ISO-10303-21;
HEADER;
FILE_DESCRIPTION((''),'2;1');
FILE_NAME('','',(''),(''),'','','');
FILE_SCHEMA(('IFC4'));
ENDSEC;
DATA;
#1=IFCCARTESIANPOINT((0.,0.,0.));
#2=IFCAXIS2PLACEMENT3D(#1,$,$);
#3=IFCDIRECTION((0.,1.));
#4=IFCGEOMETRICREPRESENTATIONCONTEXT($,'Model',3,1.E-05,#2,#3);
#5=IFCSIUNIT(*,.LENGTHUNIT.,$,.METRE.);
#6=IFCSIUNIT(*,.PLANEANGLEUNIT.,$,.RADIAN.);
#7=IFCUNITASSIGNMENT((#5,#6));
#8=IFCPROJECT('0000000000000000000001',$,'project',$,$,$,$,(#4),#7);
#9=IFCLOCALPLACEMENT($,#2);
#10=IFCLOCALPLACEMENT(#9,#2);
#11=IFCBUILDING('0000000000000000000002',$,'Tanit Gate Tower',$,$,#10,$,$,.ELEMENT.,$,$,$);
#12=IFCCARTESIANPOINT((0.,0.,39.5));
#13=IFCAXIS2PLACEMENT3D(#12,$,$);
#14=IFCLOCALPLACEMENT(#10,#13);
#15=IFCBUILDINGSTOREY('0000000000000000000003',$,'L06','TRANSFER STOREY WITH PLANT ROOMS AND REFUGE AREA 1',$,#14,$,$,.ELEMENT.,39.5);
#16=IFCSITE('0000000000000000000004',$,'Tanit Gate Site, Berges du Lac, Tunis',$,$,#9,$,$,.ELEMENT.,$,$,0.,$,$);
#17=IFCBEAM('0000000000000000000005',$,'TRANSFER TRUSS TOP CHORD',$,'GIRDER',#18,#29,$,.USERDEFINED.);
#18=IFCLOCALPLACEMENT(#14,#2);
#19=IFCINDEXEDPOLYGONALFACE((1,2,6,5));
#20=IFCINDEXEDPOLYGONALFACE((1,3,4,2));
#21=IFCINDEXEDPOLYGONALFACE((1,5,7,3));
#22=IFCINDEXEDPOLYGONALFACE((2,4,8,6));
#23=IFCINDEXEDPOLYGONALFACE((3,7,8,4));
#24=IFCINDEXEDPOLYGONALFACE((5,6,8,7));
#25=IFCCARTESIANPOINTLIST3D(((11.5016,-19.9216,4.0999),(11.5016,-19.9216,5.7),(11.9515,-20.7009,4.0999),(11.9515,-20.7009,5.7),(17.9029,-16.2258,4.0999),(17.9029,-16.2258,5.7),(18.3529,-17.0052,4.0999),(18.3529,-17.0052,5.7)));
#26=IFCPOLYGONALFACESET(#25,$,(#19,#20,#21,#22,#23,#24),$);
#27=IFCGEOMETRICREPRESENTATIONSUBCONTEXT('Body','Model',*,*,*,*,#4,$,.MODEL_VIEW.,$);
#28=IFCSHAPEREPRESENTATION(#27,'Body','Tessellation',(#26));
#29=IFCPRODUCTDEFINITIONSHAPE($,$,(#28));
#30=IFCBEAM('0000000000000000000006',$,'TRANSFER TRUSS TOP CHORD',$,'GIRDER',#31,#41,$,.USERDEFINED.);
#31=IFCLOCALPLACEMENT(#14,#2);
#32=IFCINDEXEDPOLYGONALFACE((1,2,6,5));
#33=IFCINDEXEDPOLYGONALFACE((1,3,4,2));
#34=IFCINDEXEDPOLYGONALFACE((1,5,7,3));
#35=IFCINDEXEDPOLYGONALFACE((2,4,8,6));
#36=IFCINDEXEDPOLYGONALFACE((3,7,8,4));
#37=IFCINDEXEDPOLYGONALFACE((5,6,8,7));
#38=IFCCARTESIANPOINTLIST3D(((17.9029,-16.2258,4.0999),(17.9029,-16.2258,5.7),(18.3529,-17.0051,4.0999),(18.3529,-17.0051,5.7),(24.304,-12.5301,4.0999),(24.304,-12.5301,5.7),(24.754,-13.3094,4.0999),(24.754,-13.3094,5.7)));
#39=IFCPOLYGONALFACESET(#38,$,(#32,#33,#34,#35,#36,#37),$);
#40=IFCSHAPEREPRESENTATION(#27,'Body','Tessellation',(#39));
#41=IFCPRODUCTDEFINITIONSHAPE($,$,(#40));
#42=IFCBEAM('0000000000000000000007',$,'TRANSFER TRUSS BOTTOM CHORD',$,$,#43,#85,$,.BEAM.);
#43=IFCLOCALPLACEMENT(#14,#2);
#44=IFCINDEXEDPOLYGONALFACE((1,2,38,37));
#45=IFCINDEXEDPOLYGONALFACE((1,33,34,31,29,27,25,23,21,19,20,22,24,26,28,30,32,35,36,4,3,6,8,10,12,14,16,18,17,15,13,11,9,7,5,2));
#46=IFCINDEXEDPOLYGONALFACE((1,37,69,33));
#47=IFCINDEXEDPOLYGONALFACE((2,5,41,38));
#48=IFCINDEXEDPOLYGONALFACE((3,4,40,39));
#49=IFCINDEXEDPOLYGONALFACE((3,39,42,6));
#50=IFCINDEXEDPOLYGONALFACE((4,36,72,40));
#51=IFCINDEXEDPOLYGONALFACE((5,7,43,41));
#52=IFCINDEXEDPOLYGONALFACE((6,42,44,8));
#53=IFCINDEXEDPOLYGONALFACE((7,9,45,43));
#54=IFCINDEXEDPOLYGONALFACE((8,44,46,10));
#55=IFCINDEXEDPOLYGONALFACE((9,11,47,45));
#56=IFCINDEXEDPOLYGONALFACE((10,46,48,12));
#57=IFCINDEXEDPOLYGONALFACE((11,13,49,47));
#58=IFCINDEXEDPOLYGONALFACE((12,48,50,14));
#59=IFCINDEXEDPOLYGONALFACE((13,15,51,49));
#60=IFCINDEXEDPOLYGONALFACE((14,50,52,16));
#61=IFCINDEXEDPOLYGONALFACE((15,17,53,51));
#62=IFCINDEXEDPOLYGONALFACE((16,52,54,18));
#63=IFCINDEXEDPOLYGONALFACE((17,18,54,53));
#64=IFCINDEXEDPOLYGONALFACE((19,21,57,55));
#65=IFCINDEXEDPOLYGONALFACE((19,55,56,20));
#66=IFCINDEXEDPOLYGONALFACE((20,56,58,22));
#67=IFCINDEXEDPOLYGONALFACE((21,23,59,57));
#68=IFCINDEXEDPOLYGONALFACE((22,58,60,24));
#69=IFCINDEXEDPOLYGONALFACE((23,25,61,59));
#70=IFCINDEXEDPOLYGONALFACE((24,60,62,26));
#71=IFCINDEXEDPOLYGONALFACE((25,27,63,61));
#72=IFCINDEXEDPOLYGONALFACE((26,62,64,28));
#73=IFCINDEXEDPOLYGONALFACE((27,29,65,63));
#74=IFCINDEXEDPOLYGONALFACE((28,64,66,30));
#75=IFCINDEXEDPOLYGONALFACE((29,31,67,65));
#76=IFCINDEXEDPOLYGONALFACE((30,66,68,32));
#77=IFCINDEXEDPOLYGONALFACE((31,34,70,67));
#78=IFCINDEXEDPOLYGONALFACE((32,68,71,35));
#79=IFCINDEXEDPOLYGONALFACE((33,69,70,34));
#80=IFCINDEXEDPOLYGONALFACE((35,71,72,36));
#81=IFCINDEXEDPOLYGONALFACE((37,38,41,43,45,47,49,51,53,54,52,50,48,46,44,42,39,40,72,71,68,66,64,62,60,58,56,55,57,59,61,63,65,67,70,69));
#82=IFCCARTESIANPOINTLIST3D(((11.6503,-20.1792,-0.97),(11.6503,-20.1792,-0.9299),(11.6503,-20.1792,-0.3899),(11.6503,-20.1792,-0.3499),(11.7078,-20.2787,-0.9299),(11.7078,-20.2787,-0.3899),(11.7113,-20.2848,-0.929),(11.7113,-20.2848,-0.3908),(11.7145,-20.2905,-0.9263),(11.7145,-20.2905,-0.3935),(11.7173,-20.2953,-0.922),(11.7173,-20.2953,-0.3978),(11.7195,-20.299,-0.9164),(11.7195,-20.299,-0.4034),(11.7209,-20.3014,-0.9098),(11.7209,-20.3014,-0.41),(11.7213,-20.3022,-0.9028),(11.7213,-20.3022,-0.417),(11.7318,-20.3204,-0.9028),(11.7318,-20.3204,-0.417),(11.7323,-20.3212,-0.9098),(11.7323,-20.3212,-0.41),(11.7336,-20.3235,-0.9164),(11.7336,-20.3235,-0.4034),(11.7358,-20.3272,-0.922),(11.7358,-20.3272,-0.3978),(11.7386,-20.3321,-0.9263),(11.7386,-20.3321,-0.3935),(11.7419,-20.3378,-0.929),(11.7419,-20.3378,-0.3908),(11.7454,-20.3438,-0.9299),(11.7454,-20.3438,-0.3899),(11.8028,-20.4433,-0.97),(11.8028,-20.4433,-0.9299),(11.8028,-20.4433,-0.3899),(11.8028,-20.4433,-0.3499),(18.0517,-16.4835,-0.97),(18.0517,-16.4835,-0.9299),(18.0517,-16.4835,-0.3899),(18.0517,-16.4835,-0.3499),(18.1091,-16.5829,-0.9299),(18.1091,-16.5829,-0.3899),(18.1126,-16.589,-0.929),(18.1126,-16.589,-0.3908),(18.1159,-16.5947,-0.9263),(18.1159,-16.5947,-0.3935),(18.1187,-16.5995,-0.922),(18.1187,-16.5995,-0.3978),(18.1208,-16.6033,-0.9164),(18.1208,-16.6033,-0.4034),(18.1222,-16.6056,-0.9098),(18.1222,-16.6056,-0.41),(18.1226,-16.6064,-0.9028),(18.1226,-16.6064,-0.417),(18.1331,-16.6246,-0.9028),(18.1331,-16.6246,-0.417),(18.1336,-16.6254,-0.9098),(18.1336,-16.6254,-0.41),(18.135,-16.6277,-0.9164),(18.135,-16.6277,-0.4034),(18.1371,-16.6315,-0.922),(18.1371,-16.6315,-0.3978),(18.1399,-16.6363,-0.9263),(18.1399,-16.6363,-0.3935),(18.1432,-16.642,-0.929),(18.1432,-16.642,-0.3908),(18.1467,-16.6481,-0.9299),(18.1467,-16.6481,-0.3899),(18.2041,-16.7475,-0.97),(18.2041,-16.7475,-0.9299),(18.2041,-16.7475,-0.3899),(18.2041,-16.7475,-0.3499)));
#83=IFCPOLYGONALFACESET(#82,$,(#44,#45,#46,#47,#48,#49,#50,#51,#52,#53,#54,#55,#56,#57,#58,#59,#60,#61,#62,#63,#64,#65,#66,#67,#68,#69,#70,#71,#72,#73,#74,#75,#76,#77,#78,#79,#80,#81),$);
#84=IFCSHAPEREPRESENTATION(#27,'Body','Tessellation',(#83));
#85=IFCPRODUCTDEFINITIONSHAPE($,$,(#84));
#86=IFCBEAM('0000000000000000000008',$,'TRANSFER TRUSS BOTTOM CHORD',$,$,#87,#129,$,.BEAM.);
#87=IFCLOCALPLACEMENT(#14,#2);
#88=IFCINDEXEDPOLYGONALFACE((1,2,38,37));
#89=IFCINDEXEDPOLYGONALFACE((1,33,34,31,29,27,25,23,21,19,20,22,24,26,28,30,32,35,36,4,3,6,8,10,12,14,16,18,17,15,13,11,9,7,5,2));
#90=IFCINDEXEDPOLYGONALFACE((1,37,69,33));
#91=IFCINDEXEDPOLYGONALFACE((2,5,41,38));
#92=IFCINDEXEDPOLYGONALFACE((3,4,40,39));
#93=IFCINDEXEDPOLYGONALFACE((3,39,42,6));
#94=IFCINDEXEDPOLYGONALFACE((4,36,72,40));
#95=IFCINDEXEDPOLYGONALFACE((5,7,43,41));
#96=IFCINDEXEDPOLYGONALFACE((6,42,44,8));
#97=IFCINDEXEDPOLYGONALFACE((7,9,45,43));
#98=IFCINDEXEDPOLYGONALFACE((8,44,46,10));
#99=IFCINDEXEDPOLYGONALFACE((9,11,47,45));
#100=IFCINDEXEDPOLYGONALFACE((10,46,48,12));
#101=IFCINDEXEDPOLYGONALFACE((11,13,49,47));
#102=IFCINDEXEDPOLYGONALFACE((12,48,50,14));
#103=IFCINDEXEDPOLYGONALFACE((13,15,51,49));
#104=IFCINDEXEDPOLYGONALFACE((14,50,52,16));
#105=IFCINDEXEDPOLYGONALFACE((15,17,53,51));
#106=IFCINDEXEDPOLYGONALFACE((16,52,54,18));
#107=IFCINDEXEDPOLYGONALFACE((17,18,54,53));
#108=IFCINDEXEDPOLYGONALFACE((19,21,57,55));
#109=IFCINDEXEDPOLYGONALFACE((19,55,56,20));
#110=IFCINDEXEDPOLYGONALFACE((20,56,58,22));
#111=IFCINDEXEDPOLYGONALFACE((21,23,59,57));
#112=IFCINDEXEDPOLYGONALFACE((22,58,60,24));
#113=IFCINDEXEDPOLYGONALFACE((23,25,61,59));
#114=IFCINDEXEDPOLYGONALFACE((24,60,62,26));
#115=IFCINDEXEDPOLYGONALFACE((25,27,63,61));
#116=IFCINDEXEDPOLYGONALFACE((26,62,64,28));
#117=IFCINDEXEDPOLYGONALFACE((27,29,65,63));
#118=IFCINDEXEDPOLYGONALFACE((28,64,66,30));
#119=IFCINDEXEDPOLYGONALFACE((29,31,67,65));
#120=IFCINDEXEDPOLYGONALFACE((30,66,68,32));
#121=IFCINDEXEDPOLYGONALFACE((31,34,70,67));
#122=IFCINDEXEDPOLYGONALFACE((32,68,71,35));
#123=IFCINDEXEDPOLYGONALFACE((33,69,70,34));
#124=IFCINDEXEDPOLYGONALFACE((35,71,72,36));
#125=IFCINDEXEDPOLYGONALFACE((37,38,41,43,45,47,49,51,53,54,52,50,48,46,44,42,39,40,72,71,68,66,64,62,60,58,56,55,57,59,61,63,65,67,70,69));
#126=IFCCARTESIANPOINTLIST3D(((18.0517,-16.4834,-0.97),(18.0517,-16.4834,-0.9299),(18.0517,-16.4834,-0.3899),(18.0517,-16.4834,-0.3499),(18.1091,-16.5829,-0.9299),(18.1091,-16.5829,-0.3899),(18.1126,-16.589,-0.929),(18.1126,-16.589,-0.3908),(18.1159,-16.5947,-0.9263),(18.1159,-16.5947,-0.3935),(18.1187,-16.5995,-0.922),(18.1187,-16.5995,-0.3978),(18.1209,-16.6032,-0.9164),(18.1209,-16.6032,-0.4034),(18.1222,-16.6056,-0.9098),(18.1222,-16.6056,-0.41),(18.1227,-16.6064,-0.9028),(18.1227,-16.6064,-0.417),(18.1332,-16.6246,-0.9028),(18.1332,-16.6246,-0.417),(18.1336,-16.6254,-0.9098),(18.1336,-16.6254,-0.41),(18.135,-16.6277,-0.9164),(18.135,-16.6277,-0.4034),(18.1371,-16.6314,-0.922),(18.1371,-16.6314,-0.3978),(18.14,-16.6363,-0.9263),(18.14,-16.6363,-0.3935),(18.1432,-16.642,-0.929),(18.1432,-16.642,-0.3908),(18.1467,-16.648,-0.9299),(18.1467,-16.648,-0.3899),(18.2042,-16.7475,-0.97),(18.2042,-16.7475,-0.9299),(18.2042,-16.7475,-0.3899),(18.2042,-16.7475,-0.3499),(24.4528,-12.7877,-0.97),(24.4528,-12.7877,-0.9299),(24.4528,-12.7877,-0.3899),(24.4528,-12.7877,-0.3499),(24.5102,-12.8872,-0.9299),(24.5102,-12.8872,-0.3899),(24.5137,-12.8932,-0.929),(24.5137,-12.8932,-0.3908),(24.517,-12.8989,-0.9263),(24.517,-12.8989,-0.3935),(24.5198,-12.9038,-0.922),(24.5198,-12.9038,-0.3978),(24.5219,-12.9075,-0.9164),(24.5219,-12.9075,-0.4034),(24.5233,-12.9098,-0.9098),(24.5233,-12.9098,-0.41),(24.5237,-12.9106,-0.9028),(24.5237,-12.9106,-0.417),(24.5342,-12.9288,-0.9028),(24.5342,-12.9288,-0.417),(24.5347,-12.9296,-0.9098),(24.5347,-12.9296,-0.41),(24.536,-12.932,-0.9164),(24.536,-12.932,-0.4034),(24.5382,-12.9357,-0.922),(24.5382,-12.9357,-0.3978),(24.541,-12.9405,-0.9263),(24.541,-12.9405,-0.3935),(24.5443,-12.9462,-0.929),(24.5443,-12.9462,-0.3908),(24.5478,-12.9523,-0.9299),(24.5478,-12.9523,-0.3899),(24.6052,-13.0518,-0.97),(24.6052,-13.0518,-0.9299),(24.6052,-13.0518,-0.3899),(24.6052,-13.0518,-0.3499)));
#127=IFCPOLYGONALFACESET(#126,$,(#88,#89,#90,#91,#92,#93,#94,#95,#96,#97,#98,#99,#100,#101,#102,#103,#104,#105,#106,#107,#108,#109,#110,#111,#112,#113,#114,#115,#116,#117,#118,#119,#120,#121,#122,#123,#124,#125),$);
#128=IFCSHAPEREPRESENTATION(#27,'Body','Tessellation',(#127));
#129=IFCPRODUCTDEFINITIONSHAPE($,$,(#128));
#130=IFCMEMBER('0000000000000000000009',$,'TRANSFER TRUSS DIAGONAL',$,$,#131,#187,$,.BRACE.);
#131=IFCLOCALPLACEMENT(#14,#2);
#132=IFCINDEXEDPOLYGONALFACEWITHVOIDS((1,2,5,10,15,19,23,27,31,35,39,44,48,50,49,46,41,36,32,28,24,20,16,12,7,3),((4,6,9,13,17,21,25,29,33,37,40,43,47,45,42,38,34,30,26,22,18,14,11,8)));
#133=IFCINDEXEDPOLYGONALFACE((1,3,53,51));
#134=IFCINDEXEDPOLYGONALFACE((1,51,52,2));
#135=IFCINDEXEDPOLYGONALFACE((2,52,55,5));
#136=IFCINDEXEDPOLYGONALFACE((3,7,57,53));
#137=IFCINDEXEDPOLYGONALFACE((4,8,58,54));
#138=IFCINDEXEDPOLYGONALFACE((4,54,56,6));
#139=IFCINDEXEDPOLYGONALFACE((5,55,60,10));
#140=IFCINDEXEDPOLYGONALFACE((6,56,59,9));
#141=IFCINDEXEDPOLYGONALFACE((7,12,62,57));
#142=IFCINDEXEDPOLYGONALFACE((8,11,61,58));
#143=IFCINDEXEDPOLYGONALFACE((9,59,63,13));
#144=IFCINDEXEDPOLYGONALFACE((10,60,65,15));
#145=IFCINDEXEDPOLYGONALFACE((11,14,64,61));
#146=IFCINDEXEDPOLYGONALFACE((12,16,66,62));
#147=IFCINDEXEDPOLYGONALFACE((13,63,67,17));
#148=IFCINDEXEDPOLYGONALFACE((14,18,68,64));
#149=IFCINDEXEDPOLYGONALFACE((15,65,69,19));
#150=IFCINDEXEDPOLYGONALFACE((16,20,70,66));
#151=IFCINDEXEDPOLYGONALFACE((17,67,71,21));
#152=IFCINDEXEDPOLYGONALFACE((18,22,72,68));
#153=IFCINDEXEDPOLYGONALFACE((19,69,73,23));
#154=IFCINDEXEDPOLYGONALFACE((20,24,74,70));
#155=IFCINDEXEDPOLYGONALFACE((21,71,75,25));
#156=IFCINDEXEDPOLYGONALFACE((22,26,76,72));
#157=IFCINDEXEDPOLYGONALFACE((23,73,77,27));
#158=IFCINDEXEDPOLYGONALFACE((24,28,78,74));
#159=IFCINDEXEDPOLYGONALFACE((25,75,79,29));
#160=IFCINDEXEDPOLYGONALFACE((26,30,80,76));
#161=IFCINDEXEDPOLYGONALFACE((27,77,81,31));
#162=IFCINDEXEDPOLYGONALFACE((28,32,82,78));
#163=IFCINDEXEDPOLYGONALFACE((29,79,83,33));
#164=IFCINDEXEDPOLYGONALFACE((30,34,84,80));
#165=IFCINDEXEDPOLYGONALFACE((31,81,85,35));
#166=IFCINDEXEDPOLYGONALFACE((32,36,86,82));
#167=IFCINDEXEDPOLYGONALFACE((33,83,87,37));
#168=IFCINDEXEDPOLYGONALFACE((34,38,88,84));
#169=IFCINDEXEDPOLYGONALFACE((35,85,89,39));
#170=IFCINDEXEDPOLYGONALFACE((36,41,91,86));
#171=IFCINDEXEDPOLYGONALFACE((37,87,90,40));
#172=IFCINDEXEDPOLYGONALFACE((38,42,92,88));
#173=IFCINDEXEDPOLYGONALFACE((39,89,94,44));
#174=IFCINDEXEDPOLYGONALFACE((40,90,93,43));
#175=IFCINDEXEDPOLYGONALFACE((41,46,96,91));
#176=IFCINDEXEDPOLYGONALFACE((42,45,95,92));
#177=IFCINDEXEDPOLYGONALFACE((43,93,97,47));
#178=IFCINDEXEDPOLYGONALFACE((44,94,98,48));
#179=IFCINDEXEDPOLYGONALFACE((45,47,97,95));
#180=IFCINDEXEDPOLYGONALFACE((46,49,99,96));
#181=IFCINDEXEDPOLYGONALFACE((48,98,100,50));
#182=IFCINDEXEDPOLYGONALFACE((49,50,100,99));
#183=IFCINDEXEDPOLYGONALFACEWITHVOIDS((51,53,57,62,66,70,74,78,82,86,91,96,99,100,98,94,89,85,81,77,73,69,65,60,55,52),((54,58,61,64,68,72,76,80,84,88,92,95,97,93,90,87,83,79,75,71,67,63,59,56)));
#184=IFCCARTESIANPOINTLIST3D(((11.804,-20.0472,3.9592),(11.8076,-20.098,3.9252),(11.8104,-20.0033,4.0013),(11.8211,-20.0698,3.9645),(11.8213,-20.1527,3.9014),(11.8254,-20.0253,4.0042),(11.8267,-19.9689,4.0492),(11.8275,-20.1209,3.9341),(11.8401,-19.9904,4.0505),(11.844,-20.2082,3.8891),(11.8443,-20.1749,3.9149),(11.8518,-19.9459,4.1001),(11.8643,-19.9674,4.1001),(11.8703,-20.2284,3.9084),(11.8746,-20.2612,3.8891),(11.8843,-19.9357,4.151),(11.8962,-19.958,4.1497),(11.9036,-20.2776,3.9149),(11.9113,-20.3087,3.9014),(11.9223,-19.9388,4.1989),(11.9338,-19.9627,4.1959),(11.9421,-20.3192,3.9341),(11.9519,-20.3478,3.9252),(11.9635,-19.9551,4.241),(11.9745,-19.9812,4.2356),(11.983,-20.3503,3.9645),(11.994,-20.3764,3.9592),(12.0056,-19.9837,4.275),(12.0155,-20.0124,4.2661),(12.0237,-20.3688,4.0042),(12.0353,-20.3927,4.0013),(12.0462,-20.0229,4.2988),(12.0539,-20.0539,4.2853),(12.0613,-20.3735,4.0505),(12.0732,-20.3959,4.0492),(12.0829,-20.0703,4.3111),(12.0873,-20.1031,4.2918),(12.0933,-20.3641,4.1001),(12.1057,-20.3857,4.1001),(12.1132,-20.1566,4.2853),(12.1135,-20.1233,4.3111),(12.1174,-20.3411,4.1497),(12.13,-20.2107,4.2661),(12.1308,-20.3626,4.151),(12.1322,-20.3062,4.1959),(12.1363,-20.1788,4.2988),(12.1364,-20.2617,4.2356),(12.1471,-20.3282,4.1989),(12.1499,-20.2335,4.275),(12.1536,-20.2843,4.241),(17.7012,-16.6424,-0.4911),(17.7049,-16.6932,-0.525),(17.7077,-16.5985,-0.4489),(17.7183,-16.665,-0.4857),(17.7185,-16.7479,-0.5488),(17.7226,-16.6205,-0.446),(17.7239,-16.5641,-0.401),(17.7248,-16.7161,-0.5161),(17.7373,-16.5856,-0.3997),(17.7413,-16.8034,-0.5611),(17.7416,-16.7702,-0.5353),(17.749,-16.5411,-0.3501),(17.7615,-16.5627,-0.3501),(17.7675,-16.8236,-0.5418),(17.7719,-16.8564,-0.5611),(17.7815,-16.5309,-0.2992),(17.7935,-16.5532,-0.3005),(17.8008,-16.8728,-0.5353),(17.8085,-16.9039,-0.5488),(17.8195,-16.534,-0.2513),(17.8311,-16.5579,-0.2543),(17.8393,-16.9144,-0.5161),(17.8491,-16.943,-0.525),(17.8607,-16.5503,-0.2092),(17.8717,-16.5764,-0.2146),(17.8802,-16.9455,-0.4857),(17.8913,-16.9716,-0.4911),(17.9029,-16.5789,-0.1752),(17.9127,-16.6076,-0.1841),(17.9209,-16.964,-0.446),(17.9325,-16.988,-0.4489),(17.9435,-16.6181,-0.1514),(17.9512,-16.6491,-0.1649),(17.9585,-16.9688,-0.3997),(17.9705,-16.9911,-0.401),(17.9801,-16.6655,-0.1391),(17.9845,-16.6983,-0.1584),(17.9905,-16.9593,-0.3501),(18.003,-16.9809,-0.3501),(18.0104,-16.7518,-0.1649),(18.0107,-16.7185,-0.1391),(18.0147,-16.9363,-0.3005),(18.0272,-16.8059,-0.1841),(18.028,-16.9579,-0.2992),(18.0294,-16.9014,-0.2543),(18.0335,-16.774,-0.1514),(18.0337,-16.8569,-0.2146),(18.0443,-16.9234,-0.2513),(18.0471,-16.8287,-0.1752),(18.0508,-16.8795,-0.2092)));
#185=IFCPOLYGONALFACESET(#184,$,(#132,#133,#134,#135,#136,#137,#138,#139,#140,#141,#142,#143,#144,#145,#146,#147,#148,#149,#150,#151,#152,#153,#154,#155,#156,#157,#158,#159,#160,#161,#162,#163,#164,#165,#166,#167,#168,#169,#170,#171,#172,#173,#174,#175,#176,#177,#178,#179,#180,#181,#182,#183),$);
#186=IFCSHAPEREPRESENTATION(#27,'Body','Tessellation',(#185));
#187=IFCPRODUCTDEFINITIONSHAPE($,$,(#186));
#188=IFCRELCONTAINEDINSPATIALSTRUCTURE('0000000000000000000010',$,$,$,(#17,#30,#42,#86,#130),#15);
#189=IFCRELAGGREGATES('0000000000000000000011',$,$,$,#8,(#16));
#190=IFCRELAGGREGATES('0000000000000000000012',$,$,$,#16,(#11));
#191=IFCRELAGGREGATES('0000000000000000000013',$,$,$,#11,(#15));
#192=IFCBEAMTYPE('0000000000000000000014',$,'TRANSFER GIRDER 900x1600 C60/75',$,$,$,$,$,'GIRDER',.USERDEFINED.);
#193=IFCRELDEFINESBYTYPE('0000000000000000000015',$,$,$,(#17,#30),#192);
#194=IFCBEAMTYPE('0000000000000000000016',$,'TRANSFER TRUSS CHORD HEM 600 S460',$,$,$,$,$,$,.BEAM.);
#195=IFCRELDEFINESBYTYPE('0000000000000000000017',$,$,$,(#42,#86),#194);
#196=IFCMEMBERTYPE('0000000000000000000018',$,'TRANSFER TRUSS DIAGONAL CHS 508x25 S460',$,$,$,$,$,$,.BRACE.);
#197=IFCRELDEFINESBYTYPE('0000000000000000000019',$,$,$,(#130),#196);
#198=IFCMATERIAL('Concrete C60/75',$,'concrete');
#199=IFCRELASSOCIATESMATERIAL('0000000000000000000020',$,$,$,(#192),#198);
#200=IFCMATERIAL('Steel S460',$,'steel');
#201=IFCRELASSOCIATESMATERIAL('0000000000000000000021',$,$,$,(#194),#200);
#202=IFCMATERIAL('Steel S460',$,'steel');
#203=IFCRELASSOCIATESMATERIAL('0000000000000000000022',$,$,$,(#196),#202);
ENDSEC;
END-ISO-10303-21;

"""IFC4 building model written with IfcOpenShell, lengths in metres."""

from ifc_helpers import new_model, si_unit, direction, frame, origin, origin_2d, place, context, subcontext, project, spatial, rectangle, hollow_circle, i_section, extrude, material, material_profile, profile_set, type_object, element, save


model = new_model("IFC4")

# Units and contexts
model_context = context("Model", 3, precision=1e-05, world=origin(), true_north=direction((0.0, 1.0)))
body_context = subcontext(model_context, "Body", "Model", "MODEL_VIEW")
ifc_project = project(units=[si_unit("LENGTHUNIT", "METRE"), si_unit("PLANEANGLEUNIT", "RADIAN")], contexts=[model_context])

# Site, building, storey
site_placement = place(None, origin())
site = spatial("IfcSite", under=ifc_project, at=site_placement, Name="Tanit Gate Site, Berges du Lac, Tunis", CompositionType="ELEMENT", RefElevation=0.0)
building_placement = place(site_placement, origin())
building = spatial("IfcBuilding", under=site, at=building_placement, Name="Tanit Gate Tower", CompositionType="ELEMENT")
storey_placement = place(building_placement, frame((0.0, 0.0, 39.5)))
storey = spatial("IfcBuildingStorey", under=building, at=storey_placement, Name="L06", Description="TRANSFER STOREY WITH PLANT ROOMS AND REFUGE AREA 1", CompositionType="ELEMENT", Elevation=39.5)

# Beams
ifc_material_1 = material(Name="Concrete C60/75", Category="concrete")
ifc_material_profile_1 = material_profile(ifc_material_1, rectangle(XDim=0.8999, YDim=1.6001, at=origin_2d()), Name="RC 900x1600")
ifc_profile_set_1 = profile_set([ifc_material_profile_1], Name="Concrete C60/75")
beam_type_1 = type_object("IfcBeamType", Name="TRANSFER GIRDER 900x1600 C60/75", ElementType="GIRDER", PredefinedType="USERDEFINED", material=ifc_profile_set_1)
beam_1_placement = place(storey_placement, frame((11.7266, -20.3113, 4.8999), z_axis=(0.866027, 0.499997, 0.0), x_axis=(-0.499997, 0.866027, 0.0)))
element("IfcBeam", 1, at=beam_1_placement, inside=storey, type_object=beam_type_1, Name="TRANSFER TRUSS TOP CHORD", ObjectType="GIRDER", PredefinedType="USERDEFINED", context=body_context, shape_type="SweptSolid", body=[
    extrude(rectangle(XDim=0.8999, YDim=1.6001, at=origin_2d()), origin(), (0.0, 0.0, 1.0), 7.3916),
])
beam_2_placement = place(storey_placement, frame((18.1279, -16.6155, 4.8999), z_axis=(0.866019, 0.500011, 0.0), x_axis=(-0.500011, 0.866019, 0.0)))
element("IfcBeam", 2, at=beam_2_placement, inside=storey, type_object=beam_type_1, Name="TRANSFER TRUSS TOP CHORD", ObjectType="GIRDER", PredefinedType="USERDEFINED", context=body_context, shape_type="SweptSolid", body=[
    extrude(rectangle(XDim=0.8999, YDim=1.6001, at=origin_2d()), origin(), (0.0, 0.0, 1.0), 7.3914),
])
ifc_material_2 = material(Name="Steel S460", Category="steel")
ifc_material_profile_2 = material_profile(ifc_material_2, i_section(OverallWidth=0.3049, OverallDepth=0.6201, WebThickness=0.021, FlangeThickness=0.04, FilletRadius=0.0271, at=origin_2d()), Name="HEM 600")
ifc_profile_set_2 = profile_set([ifc_material_profile_2], Name="Steel S460")
beam_type_2 = type_object("IfcBeamType", Name="TRANSFER TRUSS CHORD HEM 600 S460", PredefinedType="BEAM", material=ifc_profile_set_2)
beam_3_placement = place(storey_placement, frame((11.7266, -20.3113, -0.6599), z_axis=(0.866027, 0.499997, 0.0), x_axis=(-0.499997, 0.866027, 0.0)))
element("IfcBeam", 3, at=beam_3_placement, inside=storey, type_object=beam_type_2, Name="TRANSFER TRUSS BOTTOM CHORD", PredefinedType="BEAM", context=body_context, shape_type="SweptSolid", body=[
    extrude(i_section(OverallWidth=0.3049, OverallDepth=0.6201, WebThickness=0.021, FlangeThickness=0.04, FilletRadius=0.0271, at=origin_2d()), origin(), (0.0, 0.0, 1.0), 7.3916),
])
beam_4_placement = place(storey_placement, frame((18.1279, -16.6155, -0.6599), z_axis=(0.866019, 0.500011, 0.0), x_axis=(-0.500011, 0.866019, 0.0)))
element("IfcBeam", 4, at=beam_4_placement, inside=storey, type_object=beam_type_2, Name="TRANSFER TRUSS BOTTOM CHORD", PredefinedType="BEAM", context=body_context, shape_type="SweptSolid", body=[
    extrude(i_section(OverallWidth=0.3049, OverallDepth=0.6201, WebThickness=0.021, FlangeThickness=0.04, FilletRadius=0.0271, at=origin_2d()), origin(), (0.0, 0.0, 1.0), 7.3914),
])

# Member
ifc_material_3 = material(Name="Steel S460", Category="steel")
ifc_material_profile_3 = material_profile(ifc_material_3, hollow_circle(Radius=0.2539, WallThickness=0.0249, at=origin_2d()), Name="CHS 508x25")
ifc_profile_set_3 = profile_set([ifc_material_profile_3], Name="Steel S460")
member_type_1 = type_object("IfcMemberType", Name="TRANSFER TRUSS DIAGONAL CHS 508x25 S460", PredefinedType="BRACE", material=ifc_profile_set_3)
for number, where, z_axis, x_axis, name in (
    (5, (11.9788, -20.1658, 4.1001), (0.724942, 0.418549, -0.547061), (-0.500003, 0.866024, 0.0), "TRANSFER TRUSS DIAGONAL"),
):
    element("IfcMember", number, at=place(storey_placement, frame(where, z_axis=z_axis, x_axis=x_axis)), inside=storey, type_object=member_type_1, Name=name, PredefinedType="BRACE", context=body_context, shape_type="SweptSolid", body=[
        extrude(hollow_circle(Radius=0.2539, WallThickness=0.0249, at=origin_2d()), origin(), (0.0, 0.0, 1.0), 8.1348),
    ])

save(model, "model.ifc")
